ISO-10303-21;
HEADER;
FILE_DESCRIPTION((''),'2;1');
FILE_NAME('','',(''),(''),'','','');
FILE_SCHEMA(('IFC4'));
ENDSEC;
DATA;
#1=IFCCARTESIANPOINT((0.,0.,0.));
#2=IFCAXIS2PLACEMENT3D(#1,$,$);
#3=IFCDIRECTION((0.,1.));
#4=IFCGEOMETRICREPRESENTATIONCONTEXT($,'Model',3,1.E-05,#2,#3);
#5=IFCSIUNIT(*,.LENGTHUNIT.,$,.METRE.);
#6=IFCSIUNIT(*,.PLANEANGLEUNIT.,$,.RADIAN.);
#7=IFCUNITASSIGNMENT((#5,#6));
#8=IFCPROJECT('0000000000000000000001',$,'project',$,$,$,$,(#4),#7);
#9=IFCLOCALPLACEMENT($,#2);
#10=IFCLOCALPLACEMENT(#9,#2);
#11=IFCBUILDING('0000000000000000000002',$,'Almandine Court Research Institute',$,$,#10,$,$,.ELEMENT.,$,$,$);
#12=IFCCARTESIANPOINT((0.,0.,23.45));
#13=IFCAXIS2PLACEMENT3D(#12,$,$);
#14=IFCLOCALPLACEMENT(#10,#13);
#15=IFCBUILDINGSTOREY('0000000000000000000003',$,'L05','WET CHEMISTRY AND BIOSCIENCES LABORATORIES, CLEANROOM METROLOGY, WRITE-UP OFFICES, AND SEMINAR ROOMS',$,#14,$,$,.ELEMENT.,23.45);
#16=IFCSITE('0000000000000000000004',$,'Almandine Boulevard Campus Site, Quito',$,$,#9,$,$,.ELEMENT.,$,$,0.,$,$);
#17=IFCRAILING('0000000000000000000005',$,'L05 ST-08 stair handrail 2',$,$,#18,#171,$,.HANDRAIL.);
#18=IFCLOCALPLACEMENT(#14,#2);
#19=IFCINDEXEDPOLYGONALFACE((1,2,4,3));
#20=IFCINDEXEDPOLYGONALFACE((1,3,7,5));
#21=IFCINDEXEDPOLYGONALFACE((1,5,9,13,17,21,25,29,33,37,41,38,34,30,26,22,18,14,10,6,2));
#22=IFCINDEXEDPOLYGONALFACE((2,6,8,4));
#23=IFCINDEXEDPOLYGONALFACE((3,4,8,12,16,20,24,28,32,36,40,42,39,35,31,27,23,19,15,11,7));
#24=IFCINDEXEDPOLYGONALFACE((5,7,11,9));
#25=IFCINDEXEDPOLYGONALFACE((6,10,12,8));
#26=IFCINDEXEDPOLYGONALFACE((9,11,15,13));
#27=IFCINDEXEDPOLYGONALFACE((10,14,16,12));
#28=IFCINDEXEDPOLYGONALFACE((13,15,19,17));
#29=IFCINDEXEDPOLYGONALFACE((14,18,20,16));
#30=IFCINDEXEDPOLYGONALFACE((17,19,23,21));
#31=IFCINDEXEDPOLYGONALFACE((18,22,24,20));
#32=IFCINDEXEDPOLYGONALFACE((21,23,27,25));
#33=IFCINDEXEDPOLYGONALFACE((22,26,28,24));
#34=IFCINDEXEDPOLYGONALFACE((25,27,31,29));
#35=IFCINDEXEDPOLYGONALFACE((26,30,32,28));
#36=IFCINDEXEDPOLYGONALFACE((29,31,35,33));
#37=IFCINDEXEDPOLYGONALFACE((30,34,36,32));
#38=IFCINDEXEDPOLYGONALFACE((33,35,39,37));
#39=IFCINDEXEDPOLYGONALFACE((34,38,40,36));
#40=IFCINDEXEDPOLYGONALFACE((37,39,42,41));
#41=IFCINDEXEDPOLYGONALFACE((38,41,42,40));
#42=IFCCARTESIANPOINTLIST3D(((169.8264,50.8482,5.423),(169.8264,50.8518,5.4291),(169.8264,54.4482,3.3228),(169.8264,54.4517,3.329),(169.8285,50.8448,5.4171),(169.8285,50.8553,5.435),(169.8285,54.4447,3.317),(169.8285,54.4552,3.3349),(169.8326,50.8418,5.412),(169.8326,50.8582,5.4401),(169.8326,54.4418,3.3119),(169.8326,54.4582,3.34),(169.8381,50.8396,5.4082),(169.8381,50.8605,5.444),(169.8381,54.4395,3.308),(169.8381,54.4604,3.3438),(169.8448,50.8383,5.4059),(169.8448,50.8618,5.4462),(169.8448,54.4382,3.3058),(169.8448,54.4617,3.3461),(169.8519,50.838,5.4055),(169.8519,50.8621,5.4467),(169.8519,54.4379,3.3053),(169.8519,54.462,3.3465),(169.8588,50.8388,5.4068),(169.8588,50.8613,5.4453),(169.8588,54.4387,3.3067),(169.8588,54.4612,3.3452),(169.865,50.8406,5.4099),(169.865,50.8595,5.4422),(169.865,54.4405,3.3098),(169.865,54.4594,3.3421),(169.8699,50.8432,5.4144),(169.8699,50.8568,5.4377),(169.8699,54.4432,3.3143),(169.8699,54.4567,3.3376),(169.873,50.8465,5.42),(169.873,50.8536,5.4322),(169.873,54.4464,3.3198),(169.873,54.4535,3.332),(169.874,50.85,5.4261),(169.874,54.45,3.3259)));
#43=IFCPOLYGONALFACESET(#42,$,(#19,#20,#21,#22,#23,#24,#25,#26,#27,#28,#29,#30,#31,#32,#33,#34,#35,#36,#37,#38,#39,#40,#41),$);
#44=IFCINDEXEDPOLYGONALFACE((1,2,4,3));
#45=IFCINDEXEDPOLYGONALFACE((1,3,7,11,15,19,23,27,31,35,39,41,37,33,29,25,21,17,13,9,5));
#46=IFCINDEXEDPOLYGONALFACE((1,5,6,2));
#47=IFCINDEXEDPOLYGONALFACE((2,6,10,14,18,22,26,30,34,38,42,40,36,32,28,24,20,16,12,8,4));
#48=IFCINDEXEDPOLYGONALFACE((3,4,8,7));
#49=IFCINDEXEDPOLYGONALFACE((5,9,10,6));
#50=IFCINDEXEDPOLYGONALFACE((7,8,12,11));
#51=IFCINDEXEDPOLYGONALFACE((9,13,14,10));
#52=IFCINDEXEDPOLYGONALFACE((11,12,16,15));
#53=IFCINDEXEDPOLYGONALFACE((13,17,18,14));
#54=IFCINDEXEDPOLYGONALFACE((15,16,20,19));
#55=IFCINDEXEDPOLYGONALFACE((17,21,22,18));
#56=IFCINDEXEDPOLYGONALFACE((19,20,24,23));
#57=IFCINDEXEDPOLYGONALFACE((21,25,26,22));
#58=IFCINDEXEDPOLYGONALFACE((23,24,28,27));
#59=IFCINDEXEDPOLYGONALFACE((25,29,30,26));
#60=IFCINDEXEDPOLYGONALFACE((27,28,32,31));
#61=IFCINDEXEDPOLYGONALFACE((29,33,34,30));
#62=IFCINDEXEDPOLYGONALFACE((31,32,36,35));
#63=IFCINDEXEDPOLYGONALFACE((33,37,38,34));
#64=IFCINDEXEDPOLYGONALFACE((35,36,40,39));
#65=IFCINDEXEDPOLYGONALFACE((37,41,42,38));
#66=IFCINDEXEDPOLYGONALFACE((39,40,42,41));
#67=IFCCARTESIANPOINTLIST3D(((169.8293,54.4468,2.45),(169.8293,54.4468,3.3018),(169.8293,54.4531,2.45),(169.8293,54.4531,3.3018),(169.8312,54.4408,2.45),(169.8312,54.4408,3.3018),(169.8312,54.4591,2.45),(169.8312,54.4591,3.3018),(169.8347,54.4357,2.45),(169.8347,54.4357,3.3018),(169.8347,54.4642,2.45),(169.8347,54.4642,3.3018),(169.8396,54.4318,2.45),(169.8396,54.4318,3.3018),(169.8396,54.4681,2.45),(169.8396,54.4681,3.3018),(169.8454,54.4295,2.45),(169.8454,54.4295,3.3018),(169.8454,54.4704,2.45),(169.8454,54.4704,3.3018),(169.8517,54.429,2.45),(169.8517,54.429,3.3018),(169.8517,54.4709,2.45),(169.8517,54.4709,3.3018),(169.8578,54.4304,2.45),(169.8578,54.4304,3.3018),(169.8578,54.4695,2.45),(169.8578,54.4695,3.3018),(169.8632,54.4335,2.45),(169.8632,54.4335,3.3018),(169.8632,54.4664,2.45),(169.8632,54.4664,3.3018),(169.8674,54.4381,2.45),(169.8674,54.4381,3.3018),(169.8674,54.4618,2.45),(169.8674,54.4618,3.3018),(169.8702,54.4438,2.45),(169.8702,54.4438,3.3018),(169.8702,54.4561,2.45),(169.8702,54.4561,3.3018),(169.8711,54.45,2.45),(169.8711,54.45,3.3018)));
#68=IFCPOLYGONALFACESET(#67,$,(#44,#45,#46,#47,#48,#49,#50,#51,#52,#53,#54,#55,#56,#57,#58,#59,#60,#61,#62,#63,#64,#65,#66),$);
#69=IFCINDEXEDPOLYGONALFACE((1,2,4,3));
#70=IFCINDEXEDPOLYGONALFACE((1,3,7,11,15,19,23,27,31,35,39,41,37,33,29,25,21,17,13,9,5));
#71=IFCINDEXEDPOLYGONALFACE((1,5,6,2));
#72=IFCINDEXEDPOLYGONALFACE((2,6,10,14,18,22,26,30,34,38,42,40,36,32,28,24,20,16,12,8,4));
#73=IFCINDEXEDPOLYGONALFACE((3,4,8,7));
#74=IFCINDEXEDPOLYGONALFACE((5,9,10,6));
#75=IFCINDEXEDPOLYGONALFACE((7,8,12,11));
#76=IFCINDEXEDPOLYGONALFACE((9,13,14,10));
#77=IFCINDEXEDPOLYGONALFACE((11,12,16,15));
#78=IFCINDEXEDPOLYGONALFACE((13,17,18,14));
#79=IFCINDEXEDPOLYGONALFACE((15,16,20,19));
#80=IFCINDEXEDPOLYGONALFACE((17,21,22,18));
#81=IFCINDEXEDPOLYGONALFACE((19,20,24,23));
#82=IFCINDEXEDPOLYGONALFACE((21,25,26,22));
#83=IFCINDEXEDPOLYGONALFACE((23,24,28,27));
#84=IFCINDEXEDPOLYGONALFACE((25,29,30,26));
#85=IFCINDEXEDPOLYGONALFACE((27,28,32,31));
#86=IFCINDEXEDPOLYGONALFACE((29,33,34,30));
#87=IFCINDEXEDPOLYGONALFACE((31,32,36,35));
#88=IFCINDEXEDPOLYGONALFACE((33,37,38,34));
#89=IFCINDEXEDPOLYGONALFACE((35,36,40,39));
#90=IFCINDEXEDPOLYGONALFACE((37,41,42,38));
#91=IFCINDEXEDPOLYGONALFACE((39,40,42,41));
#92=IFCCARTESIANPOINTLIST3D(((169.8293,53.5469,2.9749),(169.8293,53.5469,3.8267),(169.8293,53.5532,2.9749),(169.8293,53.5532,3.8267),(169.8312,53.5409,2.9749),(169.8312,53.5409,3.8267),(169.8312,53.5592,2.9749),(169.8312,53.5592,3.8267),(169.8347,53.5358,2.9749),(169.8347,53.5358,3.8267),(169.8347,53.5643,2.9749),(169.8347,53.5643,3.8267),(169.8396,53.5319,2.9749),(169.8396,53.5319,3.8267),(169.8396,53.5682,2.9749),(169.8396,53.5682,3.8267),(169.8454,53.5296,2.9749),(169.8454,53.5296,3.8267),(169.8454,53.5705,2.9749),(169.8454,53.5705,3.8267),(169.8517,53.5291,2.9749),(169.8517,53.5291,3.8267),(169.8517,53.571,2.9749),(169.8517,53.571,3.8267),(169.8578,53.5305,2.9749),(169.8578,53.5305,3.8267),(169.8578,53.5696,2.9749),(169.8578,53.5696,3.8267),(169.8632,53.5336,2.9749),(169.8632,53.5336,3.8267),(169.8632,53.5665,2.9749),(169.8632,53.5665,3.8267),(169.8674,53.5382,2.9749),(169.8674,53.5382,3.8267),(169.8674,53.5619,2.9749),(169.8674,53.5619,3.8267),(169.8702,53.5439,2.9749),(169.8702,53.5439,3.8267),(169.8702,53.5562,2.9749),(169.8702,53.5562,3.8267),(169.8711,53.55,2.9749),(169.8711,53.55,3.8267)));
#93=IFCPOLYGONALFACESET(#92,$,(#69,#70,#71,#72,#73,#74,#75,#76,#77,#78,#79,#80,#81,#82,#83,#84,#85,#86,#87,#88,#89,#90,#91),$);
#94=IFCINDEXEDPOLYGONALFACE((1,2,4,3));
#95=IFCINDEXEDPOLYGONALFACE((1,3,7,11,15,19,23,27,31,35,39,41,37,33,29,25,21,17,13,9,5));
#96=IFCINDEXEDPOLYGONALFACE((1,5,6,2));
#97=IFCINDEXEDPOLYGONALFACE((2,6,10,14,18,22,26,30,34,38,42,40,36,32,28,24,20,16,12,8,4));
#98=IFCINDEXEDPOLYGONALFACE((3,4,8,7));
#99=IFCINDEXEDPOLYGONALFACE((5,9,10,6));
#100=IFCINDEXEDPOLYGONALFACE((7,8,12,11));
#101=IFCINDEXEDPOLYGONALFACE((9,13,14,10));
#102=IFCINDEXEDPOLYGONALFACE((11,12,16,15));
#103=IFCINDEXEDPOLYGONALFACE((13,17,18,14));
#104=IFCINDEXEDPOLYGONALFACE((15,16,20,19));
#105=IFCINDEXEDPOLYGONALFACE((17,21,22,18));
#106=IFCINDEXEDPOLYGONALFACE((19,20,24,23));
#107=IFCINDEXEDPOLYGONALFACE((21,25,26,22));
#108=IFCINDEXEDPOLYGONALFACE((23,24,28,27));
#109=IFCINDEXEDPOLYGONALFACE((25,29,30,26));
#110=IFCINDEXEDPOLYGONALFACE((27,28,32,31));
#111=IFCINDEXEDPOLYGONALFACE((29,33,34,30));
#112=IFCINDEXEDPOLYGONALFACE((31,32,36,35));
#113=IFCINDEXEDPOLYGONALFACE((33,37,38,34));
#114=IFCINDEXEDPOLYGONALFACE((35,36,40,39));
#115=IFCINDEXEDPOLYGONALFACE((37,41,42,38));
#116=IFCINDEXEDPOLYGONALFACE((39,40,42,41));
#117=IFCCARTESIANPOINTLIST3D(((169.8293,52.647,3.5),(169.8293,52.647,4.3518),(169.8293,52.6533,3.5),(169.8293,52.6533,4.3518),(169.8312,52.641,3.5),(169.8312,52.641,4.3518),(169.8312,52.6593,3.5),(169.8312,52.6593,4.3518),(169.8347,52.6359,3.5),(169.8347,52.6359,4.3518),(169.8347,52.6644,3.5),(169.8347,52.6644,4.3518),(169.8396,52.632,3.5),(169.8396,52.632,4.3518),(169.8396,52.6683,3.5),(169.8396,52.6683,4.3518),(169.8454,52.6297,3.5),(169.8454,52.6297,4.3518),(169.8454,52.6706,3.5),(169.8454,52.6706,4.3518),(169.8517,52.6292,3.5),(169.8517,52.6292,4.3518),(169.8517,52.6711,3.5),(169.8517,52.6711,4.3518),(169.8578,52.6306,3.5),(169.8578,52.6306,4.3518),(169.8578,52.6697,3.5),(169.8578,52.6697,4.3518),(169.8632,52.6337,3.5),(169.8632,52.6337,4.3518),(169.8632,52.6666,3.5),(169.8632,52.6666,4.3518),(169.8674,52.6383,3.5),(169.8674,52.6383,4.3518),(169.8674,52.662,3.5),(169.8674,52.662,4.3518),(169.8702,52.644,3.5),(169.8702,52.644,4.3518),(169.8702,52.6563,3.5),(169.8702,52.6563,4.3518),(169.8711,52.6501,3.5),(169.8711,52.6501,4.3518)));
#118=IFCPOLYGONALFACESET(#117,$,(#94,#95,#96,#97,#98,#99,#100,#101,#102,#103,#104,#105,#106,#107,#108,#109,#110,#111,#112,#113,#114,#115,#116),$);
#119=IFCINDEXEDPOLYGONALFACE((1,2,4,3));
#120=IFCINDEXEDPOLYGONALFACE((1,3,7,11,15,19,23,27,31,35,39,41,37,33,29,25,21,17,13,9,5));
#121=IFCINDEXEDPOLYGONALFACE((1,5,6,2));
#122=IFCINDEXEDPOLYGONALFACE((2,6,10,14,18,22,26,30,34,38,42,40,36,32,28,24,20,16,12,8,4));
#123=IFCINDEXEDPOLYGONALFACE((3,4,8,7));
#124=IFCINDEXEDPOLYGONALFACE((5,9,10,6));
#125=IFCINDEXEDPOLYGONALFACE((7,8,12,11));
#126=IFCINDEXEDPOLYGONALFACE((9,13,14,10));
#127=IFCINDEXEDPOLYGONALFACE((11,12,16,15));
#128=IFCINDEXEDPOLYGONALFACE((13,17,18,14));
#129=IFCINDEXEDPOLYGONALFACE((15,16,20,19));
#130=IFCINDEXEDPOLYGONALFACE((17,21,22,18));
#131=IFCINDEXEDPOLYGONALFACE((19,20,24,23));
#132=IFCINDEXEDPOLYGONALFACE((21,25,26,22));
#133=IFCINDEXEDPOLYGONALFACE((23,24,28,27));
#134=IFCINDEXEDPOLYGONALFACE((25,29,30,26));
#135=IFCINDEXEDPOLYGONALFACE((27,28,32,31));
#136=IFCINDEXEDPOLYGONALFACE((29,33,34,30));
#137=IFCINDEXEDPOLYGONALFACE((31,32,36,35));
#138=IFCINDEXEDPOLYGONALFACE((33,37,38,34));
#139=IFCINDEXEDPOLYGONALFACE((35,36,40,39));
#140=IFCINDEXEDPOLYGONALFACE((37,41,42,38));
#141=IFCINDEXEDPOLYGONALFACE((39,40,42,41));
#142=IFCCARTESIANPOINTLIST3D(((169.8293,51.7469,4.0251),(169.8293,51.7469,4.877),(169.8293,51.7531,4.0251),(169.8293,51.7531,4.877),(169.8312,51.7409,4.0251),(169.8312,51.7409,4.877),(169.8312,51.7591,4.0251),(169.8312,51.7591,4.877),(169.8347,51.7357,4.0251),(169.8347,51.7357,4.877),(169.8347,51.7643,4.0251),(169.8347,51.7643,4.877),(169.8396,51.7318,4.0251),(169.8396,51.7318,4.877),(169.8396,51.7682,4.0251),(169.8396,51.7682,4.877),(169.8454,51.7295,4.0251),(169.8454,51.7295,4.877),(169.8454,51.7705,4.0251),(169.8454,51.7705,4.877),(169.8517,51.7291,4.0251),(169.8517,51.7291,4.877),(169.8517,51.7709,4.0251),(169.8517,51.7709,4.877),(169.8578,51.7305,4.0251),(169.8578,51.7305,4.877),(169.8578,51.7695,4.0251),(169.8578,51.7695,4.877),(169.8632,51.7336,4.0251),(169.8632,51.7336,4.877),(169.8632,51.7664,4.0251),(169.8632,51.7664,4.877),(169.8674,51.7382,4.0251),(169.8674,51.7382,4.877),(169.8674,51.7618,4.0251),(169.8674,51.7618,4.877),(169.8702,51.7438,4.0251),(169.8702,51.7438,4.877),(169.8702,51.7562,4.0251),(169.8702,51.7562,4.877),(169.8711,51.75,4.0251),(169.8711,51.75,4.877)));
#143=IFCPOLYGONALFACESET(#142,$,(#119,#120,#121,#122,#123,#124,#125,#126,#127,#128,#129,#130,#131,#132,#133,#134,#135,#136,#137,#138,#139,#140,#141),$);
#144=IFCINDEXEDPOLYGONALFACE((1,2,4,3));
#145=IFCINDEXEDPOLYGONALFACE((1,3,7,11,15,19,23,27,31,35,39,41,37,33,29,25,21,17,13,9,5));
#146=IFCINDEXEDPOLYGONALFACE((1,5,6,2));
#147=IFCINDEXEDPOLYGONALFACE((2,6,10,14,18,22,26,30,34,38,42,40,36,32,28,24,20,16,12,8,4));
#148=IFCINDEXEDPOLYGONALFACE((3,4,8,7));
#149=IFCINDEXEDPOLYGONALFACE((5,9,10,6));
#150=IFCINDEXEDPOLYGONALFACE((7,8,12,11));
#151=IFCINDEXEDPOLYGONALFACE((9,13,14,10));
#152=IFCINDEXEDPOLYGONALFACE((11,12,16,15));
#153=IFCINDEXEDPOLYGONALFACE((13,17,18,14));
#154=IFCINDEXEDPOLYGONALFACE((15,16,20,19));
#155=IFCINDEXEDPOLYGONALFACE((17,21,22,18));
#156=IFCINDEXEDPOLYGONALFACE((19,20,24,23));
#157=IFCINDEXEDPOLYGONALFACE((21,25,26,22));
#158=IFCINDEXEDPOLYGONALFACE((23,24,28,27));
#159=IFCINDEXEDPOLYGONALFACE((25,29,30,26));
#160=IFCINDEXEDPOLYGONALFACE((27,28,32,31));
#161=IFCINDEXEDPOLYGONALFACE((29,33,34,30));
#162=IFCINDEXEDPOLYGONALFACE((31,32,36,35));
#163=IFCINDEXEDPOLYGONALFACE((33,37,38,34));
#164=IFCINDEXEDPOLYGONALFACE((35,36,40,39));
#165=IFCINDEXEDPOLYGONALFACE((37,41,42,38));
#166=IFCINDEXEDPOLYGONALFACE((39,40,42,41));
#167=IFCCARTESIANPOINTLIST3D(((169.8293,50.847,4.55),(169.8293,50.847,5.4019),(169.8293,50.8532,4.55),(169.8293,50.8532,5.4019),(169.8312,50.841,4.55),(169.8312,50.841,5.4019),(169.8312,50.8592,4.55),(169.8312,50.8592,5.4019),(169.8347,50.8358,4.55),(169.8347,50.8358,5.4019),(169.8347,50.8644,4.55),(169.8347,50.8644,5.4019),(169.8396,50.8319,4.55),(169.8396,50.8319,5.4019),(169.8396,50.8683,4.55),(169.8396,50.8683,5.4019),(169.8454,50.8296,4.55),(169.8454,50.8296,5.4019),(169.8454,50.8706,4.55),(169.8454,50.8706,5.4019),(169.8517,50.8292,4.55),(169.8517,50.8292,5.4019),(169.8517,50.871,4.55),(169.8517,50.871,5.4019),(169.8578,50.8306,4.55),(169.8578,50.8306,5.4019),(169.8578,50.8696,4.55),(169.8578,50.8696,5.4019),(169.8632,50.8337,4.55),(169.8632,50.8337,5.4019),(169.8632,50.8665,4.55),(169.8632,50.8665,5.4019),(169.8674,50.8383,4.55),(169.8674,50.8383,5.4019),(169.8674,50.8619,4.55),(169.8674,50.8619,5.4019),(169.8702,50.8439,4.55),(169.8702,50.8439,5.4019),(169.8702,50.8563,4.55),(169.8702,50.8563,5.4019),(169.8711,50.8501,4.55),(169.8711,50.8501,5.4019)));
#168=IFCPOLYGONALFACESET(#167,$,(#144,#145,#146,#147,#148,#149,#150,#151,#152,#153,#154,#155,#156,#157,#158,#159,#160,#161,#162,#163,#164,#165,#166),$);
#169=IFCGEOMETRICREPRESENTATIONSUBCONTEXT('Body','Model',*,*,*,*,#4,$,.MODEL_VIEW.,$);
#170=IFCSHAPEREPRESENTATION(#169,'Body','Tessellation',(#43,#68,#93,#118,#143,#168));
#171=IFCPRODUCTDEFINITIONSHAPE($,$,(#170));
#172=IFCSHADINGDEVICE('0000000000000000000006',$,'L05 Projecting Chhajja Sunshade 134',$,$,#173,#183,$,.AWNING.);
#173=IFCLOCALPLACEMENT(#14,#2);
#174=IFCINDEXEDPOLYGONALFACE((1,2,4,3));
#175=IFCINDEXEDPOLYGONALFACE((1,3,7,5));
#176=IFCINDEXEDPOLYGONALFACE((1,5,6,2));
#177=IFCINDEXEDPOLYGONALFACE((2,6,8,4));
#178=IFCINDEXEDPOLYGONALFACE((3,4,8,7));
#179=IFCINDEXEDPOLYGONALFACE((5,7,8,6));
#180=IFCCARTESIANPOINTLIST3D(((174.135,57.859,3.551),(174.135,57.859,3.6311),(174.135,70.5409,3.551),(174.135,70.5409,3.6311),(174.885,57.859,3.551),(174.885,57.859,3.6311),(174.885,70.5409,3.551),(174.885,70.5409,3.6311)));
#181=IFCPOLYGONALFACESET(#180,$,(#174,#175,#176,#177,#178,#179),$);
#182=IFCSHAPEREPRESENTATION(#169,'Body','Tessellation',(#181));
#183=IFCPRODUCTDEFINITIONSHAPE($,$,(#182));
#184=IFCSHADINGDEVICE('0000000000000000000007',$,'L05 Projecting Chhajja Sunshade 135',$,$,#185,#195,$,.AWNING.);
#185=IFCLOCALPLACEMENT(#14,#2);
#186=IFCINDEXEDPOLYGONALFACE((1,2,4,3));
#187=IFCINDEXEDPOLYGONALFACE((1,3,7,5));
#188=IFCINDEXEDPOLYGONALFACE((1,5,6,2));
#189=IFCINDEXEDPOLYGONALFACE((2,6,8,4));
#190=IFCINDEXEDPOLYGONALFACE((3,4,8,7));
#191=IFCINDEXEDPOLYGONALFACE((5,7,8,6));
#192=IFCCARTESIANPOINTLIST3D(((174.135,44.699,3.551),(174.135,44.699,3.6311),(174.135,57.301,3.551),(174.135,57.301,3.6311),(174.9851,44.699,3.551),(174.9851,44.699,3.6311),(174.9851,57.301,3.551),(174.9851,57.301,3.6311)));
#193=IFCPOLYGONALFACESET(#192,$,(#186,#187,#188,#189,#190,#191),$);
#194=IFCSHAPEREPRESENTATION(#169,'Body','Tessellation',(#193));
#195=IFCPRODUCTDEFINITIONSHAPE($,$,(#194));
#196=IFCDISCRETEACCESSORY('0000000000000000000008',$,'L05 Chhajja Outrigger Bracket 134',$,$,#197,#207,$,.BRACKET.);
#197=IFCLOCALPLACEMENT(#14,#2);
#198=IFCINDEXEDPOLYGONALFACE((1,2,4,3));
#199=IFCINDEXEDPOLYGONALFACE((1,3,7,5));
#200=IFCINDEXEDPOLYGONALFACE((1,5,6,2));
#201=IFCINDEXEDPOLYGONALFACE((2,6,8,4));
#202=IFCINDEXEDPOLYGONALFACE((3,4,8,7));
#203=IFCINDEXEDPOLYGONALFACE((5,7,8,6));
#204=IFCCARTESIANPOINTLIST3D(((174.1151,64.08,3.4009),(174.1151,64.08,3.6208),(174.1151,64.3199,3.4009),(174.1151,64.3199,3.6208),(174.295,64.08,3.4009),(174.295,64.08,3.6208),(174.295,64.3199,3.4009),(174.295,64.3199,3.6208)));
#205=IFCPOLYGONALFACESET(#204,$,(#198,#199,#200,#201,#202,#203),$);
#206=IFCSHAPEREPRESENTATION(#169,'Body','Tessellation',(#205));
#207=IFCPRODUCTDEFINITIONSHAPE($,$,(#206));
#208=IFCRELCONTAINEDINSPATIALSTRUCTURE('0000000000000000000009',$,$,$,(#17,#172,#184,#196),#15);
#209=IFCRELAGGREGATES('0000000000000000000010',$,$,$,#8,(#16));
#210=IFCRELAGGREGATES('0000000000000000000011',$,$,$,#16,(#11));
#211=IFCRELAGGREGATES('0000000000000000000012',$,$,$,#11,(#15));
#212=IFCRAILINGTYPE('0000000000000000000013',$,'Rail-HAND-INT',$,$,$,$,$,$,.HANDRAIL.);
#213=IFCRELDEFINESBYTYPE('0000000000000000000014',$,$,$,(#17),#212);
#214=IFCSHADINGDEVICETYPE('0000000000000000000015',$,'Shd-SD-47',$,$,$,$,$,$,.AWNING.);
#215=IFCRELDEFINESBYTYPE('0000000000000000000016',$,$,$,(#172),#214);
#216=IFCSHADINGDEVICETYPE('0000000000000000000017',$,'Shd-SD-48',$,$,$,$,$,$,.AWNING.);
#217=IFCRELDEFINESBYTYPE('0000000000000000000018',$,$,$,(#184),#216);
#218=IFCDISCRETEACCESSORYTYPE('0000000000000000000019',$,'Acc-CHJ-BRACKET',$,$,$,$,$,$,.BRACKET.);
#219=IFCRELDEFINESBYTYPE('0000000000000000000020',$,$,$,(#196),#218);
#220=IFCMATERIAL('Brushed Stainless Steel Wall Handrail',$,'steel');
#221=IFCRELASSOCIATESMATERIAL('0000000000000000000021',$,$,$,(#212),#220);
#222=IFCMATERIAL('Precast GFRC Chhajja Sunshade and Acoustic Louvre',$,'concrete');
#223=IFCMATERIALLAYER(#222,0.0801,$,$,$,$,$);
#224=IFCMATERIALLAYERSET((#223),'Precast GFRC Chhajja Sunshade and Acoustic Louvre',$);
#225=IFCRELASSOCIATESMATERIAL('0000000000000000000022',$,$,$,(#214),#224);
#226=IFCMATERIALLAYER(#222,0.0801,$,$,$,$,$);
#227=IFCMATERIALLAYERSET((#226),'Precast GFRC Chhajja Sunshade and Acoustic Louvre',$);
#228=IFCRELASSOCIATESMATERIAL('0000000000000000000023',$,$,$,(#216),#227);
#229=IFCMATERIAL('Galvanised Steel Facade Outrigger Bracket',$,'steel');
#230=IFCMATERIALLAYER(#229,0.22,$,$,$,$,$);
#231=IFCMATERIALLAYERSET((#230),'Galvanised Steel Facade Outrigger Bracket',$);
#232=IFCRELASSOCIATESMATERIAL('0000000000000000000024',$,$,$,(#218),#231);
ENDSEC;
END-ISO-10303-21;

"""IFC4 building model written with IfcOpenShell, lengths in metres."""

from ifc_helpers import new_model, si_unit, direction, frame, origin, origin_2d, place, context, subcontext, project, spatial, rectangle, circle, extrude, material, layer, layer_set, type_object, element, save


model = new_model("IFC4")

# Units and contexts
model_context = context("Model", 3, precision=1e-05, world=origin(), true_north=direction((0.0, 1.0)))
body_context = subcontext(model_context, "Body", "Model", "MODEL_VIEW")
ifc_project = project(units=[si_unit("LENGTHUNIT", "METRE"), si_unit("PLANEANGLEUNIT", "RADIAN")], contexts=[model_context])

# Site, building, storey
site_placement = place(None, origin())
site = spatial("IfcSite", under=ifc_project, at=site_placement, Name="Almandine Boulevard Campus Site, Quito", CompositionType="ELEMENT", RefElevation=0.0)
building_placement = place(site_placement, origin())
building = spatial("IfcBuilding", under=site, at=building_placement, Name="Almandine Court Research Institute", CompositionType="ELEMENT")
storey_placement = place(building_placement, frame((0.0, 0.0, 23.45)))
storey = spatial("IfcBuildingStorey", under=building, at=storey_placement, Name="L05", Description="WET CHEMISTRY AND BIOSCIENCES LABORATORIES, CLEANROOM METROLOGY, WRITE-UP OFFICES, AND SEMINAR ROOMS", CompositionType="ELEMENT", Elevation=23.45)

# Railing
ifc_material_1 = material(Name="Brushed Stainless Steel Wall Handrail", Category="steel")
railing_type_1 = type_object("IfcRailingType", Name="Rail-HAND-INT", PredefinedType="HANDRAIL", material=ifc_material_1)
railing_1_placement = place(storey_placement, frame((169.8501, 54.45, 2.45)))
element("IfcRailing", 1, at=railing_1_placement, inside=storey, type_object=railing_type_1, Name="L05 ST-08 stair handrail 2", PredefinedType="HANDRAIL", context=body_context, shape_type="SweptSolid", body=[
    extrude(circle(Radius=0.0239, at=origin_2d()), frame((0.0, 0.0, 0.876), z_axis=(0.0, -0.86376, 0.503904), x_axis=(1.0, 0.0, 0.0)), (0.0, 0.0, 1.0), 4.1677),
    extrude(circle(Radius=0.021, at=origin_2d()), origin(), (0.0, 0.0, 1.0), 0.8518),
    extrude(circle(Radius=0.021, at=origin_2d()), frame((0.0, -0.8999, 0.5249)), (0.0, 0.0, 1.0), 0.8518),
    extrude(circle(Radius=0.021, at=origin_2d()), frame((0.0, -1.7998, 1.05)), (0.0, 0.0, 1.0), 0.8518),
    extrude(circle(Radius=0.021, at=origin_2d()), frame((0.0, -2.7, 1.5752)), (0.0, 0.0, 1.0), 0.8518),
    extrude(circle(Radius=0.021, at=origin_2d()), frame((0.0, -3.5999, 2.1001)), (0.0, 0.0, 1.0), 0.8518),
])

# Shading devices
ifc_material_2 = material(Name="Precast GFRC Chhajja Sunshade and Acoustic Louvre", Category="concrete")
ifc_layer_1 = layer(ifc_material_2, 0.0801)
ifc_layer_set_1 = layer_set([ifc_layer_1], Name="Precast GFRC Chhajja Sunshade and Acoustic Louvre")
shading_device_type_1 = type_object("IfcShadingDeviceType", Name="Shd-SD-47", PredefinedType="AWNING", material=ifc_layer_set_1)
shading_device_1_placement = place(storey_placement, frame((174.51, 64.2, 3.551), z_axis=(0.0, 0.0, 1.0), x_axis=(0.0, -1.0, 0.0)))
element("IfcShadingDevice", 2, at=shading_device_1_placement, inside=storey, type_object=shading_device_type_1, Name="L05 Projecting Chhajja Sunshade 134", PredefinedType="AWNING", context=body_context, shape_type="SweptSolid", body=[
    extrude(rectangle(XDim=12.6819, YDim=0.75, at=origin_2d()), origin(), (0.0, 0.0, 1.0), 0.0801),
])
ifc_layer_2 = layer(ifc_material_2, 0.0801)
ifc_layer_set_2 = layer_set([ifc_layer_2], Name="Precast GFRC Chhajja Sunshade and Acoustic Louvre")
shading_device_type_2 = type_object("IfcShadingDeviceType", Name="Shd-SD-48", PredefinedType="AWNING", material=ifc_layer_set_2)
shading_device_2_placement = place(storey_placement, frame((174.5601, 51.0, 3.551), z_axis=(0.0, 0.0, 1.0), x_axis=(0.0, -1.0, 0.0)))
element("IfcShadingDevice", 3, at=shading_device_2_placement, inside=storey, type_object=shading_device_type_2, Name="L05 Projecting Chhajja Sunshade 135", PredefinedType="AWNING", context=body_context, shape_type="SweptSolid", body=[
    extrude(rectangle(XDim=12.6021, YDim=0.8501, at=origin_2d()), origin(), (0.0, 0.0, 1.0), 0.0801),
])

# Discrete accessory
ifc_material_3 = material(Name="Galvanised Steel Facade Outrigger Bracket", Category="steel")
ifc_layer_3 = layer(ifc_material_3, 0.22)
ifc_layer_set_3 = layer_set([ifc_layer_3], Name="Galvanised Steel Facade Outrigger Bracket")
discrete_accessory_type = type_object("IfcDiscreteAccessoryType", Name="Acc-CHJ-BRACKET", PredefinedType="BRACKET", material=ifc_layer_set_3)
for number, where, z_axis, x_axis, name in (
    (4, (174.2051, 64.2, 3.4009), (0.0, 0.0, 1.0), (0.0, -1.0, 0.0), "L05 Chhajja Outrigger Bracket 134"),
):
    element("IfcDiscreteAccessory", number, at=place(storey_placement, frame(where, z_axis=z_axis, x_axis=x_axis)), inside=storey, type_object=discrete_accessory_type, Name=name, PredefinedType="BRACKET", context=body_context, shape_type="SweptSolid", body=[
        extrude(rectangle(XDim=0.24, YDim=0.1799, at=origin_2d()), origin(), (0.0, 0.0, 1.0), 0.22),
    ])

save(model, "model.ifc")
